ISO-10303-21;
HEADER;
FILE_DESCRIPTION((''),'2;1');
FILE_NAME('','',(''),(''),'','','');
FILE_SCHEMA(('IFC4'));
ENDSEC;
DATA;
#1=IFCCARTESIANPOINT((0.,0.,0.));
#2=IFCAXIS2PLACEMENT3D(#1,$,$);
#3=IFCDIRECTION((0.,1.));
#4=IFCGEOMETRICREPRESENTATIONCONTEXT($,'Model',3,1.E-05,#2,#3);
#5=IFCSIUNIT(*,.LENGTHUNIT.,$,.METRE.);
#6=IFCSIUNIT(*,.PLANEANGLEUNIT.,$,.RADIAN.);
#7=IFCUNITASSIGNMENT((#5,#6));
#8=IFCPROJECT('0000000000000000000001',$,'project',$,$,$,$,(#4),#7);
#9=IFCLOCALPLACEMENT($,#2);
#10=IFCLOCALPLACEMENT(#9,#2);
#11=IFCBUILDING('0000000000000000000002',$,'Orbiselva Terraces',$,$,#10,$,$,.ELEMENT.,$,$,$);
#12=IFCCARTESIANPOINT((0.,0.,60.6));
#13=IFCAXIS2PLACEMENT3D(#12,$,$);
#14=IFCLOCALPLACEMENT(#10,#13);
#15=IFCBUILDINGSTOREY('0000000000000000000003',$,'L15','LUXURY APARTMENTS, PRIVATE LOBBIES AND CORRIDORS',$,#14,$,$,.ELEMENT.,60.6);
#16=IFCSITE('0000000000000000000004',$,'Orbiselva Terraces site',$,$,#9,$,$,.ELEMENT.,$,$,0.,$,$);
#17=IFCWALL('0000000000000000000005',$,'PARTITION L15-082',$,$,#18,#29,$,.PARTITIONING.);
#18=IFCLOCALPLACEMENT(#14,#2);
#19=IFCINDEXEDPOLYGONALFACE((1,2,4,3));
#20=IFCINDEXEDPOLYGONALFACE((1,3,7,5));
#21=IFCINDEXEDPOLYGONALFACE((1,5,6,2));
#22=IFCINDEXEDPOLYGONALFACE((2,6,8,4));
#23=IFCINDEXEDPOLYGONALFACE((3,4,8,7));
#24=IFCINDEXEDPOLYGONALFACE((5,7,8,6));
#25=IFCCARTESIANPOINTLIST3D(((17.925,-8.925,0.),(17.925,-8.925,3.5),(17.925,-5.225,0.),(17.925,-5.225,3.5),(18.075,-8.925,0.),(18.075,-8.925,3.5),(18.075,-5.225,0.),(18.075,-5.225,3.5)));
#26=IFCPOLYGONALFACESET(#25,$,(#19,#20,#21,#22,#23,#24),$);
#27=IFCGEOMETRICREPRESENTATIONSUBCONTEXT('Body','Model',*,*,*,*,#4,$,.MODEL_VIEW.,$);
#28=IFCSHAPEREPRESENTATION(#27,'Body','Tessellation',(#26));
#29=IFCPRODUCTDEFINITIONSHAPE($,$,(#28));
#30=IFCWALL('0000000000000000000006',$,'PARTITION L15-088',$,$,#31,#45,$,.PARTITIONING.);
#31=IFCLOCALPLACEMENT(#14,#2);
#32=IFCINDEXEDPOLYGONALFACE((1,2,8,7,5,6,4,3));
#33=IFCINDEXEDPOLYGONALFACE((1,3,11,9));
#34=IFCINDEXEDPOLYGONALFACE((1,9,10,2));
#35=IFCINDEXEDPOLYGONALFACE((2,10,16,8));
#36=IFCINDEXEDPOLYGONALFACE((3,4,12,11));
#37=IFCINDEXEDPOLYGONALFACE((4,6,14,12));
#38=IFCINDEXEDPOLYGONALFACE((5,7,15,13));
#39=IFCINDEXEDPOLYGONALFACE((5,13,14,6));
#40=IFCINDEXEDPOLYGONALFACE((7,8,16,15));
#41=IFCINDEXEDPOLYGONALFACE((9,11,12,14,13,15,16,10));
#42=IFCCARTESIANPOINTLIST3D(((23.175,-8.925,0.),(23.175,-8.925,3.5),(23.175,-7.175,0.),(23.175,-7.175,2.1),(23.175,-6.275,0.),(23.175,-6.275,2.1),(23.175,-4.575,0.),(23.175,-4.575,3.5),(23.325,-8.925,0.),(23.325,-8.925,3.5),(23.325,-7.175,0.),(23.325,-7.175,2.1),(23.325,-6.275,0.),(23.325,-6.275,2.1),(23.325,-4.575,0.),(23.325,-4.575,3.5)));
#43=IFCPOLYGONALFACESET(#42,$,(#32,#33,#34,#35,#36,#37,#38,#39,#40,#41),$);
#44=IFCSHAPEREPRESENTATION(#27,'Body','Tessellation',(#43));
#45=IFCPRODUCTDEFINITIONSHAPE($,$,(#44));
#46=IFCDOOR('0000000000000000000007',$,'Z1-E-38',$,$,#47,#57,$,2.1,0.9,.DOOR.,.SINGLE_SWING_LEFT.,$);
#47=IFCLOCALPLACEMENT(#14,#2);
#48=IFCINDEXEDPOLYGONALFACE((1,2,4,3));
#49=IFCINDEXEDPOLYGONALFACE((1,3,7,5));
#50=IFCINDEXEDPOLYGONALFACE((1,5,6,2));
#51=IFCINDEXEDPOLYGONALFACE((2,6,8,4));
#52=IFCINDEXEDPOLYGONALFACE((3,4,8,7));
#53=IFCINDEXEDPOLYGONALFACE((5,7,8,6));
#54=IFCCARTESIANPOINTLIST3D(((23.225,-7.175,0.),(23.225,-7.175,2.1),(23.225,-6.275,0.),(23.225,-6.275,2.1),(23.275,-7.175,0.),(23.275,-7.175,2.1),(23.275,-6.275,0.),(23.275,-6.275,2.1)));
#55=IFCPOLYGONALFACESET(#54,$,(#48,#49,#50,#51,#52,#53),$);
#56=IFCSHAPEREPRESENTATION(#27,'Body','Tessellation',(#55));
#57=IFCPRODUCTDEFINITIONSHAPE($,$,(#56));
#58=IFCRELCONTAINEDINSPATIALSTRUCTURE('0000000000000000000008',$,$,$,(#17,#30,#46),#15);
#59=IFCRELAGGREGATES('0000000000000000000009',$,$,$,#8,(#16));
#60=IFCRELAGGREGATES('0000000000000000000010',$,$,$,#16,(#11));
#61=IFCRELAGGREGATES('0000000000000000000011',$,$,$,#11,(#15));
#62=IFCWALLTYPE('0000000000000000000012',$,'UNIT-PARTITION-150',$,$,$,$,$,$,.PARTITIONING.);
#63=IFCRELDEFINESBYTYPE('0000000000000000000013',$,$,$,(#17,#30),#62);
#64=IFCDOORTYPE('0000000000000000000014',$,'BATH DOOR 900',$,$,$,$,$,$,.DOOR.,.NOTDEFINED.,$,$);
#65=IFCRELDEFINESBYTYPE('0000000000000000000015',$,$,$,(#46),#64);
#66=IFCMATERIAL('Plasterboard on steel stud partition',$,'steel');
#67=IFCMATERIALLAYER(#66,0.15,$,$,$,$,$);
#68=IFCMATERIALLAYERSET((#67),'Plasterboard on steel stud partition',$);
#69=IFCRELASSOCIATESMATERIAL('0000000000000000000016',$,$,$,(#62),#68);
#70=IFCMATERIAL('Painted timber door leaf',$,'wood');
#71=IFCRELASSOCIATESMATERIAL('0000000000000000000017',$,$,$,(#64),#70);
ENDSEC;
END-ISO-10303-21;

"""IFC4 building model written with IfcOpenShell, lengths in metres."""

from ifc_helpers import new_model, si_unit, direction, frame, frame_2d, origin, place, context, subcontext, project, spatial, rectangle, extrude, material, layer, layer_set, type_object, element, fill, save


model = new_model("IFC4")

# Units and contexts
model_context = context("Model", 3, precision=1e-05, world=origin(), true_north=direction((0.0, 1.0)))
body_context = subcontext(model_context, "Body", "Model", "MODEL_VIEW")
ifc_project = project(units=[si_unit("LENGTHUNIT", "METRE"), si_unit("PLANEANGLEUNIT", "RADIAN")], contexts=[model_context])

# Site, building, storey
site_placement = place(None, origin())
site = spatial("IfcSite", under=ifc_project, at=site_placement, Name="Orbiselva Terraces site", CompositionType="ELEMENT", RefElevation=0.0)
building_placement = place(site_placement, origin())
building = spatial("IfcBuilding", under=site, at=building_placement, Name="Orbiselva Terraces", CompositionType="ELEMENT")
storey_placement = place(building_placement, frame((0.0, 0.0, 60.6)))
storey = spatial("IfcBuildingStorey", under=building, at=storey_placement, Name="L15", Description="LUXURY APARTMENTS, PRIVATE LOBBIES AND CORRIDORS", CompositionType="ELEMENT", Elevation=60.6)

# Shared definitions
ifc_material_1 = material(Name="Plasterboard on steel stud partition", Category="steel")
ifc_layer_1 = layer(ifc_material_1, 0.15)
ifc_layer_set_1 = layer_set([ifc_layer_1], Name="Plasterboard on steel stud partition")
wall_type_1 = type_object("IfcWallType", Name="UNIT-PARTITION-150", PredefinedType="PARTITIONING", material=ifc_layer_set_1)

# Shared definitions
ifc_material_2 = material(Name="Painted timber door leaf", Category="wood")

# Wall
wall_1_placement = place(storey_placement, frame((18.0, -8.925, 0.0), z_axis=(0.0, 0.0, 1.0), x_axis=(0.0, 1.0, 0.0)))
element("IfcWall", 1, at=wall_1_placement, inside=storey, type_object=wall_type_1, Name="PARTITION L15-082", PredefinedType="PARTITIONING", context=body_context, shape_type="SweptSolid", body=[
    extrude(rectangle(XDim=3.7, YDim=0.15, at=frame_2d((1.85, 0.0))), origin(), (0.0, 0.0, 1.0), 3.5),
])

# Wall, opening, door
wall_2_placement = place(storey_placement, frame((23.25, -4.575, 0.0), z_axis=(0.0, 0.0, 1.0), x_axis=(0.0, -1.0, 0.0)))
wall_2 = element("IfcWall", 2, at=wall_2_placement, inside=storey, type_object=wall_type_1, Name="PARTITION L15-088", PredefinedType="PARTITIONING", context=body_context, shape_type="SweptSolid", body=[
    extrude(rectangle(XDim=4.35, YDim=0.15, at=frame_2d((2.175, 0.0))), origin(), (0.0, 0.0, 1.0), 3.5),
])
opening_1_placement = place(wall_2_placement, frame((1.7, 0.0, 0.0)))
opening_1 = element("IfcOpeningElement", 3, at=opening_1_placement, cuts=wall_2, PredefinedType="OPENING", context=body_context, shape_type="SweptSolid", body=[
    extrude(rectangle(XDim=0.9, YDim=2.1, at=frame_2d((0.45, 1.05))), frame((0.0, 0.085, 0.0), z_axis=(0.0, -1.0, 0.0), x_axis=(1.0, 0.0, 0.0)), (0.0, 0.0, 1.0), 0.17),
])
door_type_1 = type_object("IfcDoorType", Name="BATH DOOR 900", OperationType="NOTDEFINED", PredefinedType="DOOR", material=ifc_material_2)
door_1_placement = place(opening_1_placement, origin())
door_1 = element("IfcDoor", 4, at=door_1_placement, inside=storey, type_object=door_type_1, Name="Z1-E-38", OperationType="SINGLE_SWING_LEFT", OverallHeight=2.1, OverallWidth=0.9, PredefinedType="DOOR", context=body_context, shape_type="SweptSolid", body=[
    extrude(rectangle(XDim=0.9, YDim=2.1, at=frame_2d((0.45, 1.05))), frame((0.0, 0.025, 0.0), z_axis=(0.0, -1.0, 0.0), x_axis=(1.0, 0.0, 0.0)), (0.0, 0.0, 1.0), 0.05),
])
fill(opening_1, door_1)

save(model, "model.ifc")
